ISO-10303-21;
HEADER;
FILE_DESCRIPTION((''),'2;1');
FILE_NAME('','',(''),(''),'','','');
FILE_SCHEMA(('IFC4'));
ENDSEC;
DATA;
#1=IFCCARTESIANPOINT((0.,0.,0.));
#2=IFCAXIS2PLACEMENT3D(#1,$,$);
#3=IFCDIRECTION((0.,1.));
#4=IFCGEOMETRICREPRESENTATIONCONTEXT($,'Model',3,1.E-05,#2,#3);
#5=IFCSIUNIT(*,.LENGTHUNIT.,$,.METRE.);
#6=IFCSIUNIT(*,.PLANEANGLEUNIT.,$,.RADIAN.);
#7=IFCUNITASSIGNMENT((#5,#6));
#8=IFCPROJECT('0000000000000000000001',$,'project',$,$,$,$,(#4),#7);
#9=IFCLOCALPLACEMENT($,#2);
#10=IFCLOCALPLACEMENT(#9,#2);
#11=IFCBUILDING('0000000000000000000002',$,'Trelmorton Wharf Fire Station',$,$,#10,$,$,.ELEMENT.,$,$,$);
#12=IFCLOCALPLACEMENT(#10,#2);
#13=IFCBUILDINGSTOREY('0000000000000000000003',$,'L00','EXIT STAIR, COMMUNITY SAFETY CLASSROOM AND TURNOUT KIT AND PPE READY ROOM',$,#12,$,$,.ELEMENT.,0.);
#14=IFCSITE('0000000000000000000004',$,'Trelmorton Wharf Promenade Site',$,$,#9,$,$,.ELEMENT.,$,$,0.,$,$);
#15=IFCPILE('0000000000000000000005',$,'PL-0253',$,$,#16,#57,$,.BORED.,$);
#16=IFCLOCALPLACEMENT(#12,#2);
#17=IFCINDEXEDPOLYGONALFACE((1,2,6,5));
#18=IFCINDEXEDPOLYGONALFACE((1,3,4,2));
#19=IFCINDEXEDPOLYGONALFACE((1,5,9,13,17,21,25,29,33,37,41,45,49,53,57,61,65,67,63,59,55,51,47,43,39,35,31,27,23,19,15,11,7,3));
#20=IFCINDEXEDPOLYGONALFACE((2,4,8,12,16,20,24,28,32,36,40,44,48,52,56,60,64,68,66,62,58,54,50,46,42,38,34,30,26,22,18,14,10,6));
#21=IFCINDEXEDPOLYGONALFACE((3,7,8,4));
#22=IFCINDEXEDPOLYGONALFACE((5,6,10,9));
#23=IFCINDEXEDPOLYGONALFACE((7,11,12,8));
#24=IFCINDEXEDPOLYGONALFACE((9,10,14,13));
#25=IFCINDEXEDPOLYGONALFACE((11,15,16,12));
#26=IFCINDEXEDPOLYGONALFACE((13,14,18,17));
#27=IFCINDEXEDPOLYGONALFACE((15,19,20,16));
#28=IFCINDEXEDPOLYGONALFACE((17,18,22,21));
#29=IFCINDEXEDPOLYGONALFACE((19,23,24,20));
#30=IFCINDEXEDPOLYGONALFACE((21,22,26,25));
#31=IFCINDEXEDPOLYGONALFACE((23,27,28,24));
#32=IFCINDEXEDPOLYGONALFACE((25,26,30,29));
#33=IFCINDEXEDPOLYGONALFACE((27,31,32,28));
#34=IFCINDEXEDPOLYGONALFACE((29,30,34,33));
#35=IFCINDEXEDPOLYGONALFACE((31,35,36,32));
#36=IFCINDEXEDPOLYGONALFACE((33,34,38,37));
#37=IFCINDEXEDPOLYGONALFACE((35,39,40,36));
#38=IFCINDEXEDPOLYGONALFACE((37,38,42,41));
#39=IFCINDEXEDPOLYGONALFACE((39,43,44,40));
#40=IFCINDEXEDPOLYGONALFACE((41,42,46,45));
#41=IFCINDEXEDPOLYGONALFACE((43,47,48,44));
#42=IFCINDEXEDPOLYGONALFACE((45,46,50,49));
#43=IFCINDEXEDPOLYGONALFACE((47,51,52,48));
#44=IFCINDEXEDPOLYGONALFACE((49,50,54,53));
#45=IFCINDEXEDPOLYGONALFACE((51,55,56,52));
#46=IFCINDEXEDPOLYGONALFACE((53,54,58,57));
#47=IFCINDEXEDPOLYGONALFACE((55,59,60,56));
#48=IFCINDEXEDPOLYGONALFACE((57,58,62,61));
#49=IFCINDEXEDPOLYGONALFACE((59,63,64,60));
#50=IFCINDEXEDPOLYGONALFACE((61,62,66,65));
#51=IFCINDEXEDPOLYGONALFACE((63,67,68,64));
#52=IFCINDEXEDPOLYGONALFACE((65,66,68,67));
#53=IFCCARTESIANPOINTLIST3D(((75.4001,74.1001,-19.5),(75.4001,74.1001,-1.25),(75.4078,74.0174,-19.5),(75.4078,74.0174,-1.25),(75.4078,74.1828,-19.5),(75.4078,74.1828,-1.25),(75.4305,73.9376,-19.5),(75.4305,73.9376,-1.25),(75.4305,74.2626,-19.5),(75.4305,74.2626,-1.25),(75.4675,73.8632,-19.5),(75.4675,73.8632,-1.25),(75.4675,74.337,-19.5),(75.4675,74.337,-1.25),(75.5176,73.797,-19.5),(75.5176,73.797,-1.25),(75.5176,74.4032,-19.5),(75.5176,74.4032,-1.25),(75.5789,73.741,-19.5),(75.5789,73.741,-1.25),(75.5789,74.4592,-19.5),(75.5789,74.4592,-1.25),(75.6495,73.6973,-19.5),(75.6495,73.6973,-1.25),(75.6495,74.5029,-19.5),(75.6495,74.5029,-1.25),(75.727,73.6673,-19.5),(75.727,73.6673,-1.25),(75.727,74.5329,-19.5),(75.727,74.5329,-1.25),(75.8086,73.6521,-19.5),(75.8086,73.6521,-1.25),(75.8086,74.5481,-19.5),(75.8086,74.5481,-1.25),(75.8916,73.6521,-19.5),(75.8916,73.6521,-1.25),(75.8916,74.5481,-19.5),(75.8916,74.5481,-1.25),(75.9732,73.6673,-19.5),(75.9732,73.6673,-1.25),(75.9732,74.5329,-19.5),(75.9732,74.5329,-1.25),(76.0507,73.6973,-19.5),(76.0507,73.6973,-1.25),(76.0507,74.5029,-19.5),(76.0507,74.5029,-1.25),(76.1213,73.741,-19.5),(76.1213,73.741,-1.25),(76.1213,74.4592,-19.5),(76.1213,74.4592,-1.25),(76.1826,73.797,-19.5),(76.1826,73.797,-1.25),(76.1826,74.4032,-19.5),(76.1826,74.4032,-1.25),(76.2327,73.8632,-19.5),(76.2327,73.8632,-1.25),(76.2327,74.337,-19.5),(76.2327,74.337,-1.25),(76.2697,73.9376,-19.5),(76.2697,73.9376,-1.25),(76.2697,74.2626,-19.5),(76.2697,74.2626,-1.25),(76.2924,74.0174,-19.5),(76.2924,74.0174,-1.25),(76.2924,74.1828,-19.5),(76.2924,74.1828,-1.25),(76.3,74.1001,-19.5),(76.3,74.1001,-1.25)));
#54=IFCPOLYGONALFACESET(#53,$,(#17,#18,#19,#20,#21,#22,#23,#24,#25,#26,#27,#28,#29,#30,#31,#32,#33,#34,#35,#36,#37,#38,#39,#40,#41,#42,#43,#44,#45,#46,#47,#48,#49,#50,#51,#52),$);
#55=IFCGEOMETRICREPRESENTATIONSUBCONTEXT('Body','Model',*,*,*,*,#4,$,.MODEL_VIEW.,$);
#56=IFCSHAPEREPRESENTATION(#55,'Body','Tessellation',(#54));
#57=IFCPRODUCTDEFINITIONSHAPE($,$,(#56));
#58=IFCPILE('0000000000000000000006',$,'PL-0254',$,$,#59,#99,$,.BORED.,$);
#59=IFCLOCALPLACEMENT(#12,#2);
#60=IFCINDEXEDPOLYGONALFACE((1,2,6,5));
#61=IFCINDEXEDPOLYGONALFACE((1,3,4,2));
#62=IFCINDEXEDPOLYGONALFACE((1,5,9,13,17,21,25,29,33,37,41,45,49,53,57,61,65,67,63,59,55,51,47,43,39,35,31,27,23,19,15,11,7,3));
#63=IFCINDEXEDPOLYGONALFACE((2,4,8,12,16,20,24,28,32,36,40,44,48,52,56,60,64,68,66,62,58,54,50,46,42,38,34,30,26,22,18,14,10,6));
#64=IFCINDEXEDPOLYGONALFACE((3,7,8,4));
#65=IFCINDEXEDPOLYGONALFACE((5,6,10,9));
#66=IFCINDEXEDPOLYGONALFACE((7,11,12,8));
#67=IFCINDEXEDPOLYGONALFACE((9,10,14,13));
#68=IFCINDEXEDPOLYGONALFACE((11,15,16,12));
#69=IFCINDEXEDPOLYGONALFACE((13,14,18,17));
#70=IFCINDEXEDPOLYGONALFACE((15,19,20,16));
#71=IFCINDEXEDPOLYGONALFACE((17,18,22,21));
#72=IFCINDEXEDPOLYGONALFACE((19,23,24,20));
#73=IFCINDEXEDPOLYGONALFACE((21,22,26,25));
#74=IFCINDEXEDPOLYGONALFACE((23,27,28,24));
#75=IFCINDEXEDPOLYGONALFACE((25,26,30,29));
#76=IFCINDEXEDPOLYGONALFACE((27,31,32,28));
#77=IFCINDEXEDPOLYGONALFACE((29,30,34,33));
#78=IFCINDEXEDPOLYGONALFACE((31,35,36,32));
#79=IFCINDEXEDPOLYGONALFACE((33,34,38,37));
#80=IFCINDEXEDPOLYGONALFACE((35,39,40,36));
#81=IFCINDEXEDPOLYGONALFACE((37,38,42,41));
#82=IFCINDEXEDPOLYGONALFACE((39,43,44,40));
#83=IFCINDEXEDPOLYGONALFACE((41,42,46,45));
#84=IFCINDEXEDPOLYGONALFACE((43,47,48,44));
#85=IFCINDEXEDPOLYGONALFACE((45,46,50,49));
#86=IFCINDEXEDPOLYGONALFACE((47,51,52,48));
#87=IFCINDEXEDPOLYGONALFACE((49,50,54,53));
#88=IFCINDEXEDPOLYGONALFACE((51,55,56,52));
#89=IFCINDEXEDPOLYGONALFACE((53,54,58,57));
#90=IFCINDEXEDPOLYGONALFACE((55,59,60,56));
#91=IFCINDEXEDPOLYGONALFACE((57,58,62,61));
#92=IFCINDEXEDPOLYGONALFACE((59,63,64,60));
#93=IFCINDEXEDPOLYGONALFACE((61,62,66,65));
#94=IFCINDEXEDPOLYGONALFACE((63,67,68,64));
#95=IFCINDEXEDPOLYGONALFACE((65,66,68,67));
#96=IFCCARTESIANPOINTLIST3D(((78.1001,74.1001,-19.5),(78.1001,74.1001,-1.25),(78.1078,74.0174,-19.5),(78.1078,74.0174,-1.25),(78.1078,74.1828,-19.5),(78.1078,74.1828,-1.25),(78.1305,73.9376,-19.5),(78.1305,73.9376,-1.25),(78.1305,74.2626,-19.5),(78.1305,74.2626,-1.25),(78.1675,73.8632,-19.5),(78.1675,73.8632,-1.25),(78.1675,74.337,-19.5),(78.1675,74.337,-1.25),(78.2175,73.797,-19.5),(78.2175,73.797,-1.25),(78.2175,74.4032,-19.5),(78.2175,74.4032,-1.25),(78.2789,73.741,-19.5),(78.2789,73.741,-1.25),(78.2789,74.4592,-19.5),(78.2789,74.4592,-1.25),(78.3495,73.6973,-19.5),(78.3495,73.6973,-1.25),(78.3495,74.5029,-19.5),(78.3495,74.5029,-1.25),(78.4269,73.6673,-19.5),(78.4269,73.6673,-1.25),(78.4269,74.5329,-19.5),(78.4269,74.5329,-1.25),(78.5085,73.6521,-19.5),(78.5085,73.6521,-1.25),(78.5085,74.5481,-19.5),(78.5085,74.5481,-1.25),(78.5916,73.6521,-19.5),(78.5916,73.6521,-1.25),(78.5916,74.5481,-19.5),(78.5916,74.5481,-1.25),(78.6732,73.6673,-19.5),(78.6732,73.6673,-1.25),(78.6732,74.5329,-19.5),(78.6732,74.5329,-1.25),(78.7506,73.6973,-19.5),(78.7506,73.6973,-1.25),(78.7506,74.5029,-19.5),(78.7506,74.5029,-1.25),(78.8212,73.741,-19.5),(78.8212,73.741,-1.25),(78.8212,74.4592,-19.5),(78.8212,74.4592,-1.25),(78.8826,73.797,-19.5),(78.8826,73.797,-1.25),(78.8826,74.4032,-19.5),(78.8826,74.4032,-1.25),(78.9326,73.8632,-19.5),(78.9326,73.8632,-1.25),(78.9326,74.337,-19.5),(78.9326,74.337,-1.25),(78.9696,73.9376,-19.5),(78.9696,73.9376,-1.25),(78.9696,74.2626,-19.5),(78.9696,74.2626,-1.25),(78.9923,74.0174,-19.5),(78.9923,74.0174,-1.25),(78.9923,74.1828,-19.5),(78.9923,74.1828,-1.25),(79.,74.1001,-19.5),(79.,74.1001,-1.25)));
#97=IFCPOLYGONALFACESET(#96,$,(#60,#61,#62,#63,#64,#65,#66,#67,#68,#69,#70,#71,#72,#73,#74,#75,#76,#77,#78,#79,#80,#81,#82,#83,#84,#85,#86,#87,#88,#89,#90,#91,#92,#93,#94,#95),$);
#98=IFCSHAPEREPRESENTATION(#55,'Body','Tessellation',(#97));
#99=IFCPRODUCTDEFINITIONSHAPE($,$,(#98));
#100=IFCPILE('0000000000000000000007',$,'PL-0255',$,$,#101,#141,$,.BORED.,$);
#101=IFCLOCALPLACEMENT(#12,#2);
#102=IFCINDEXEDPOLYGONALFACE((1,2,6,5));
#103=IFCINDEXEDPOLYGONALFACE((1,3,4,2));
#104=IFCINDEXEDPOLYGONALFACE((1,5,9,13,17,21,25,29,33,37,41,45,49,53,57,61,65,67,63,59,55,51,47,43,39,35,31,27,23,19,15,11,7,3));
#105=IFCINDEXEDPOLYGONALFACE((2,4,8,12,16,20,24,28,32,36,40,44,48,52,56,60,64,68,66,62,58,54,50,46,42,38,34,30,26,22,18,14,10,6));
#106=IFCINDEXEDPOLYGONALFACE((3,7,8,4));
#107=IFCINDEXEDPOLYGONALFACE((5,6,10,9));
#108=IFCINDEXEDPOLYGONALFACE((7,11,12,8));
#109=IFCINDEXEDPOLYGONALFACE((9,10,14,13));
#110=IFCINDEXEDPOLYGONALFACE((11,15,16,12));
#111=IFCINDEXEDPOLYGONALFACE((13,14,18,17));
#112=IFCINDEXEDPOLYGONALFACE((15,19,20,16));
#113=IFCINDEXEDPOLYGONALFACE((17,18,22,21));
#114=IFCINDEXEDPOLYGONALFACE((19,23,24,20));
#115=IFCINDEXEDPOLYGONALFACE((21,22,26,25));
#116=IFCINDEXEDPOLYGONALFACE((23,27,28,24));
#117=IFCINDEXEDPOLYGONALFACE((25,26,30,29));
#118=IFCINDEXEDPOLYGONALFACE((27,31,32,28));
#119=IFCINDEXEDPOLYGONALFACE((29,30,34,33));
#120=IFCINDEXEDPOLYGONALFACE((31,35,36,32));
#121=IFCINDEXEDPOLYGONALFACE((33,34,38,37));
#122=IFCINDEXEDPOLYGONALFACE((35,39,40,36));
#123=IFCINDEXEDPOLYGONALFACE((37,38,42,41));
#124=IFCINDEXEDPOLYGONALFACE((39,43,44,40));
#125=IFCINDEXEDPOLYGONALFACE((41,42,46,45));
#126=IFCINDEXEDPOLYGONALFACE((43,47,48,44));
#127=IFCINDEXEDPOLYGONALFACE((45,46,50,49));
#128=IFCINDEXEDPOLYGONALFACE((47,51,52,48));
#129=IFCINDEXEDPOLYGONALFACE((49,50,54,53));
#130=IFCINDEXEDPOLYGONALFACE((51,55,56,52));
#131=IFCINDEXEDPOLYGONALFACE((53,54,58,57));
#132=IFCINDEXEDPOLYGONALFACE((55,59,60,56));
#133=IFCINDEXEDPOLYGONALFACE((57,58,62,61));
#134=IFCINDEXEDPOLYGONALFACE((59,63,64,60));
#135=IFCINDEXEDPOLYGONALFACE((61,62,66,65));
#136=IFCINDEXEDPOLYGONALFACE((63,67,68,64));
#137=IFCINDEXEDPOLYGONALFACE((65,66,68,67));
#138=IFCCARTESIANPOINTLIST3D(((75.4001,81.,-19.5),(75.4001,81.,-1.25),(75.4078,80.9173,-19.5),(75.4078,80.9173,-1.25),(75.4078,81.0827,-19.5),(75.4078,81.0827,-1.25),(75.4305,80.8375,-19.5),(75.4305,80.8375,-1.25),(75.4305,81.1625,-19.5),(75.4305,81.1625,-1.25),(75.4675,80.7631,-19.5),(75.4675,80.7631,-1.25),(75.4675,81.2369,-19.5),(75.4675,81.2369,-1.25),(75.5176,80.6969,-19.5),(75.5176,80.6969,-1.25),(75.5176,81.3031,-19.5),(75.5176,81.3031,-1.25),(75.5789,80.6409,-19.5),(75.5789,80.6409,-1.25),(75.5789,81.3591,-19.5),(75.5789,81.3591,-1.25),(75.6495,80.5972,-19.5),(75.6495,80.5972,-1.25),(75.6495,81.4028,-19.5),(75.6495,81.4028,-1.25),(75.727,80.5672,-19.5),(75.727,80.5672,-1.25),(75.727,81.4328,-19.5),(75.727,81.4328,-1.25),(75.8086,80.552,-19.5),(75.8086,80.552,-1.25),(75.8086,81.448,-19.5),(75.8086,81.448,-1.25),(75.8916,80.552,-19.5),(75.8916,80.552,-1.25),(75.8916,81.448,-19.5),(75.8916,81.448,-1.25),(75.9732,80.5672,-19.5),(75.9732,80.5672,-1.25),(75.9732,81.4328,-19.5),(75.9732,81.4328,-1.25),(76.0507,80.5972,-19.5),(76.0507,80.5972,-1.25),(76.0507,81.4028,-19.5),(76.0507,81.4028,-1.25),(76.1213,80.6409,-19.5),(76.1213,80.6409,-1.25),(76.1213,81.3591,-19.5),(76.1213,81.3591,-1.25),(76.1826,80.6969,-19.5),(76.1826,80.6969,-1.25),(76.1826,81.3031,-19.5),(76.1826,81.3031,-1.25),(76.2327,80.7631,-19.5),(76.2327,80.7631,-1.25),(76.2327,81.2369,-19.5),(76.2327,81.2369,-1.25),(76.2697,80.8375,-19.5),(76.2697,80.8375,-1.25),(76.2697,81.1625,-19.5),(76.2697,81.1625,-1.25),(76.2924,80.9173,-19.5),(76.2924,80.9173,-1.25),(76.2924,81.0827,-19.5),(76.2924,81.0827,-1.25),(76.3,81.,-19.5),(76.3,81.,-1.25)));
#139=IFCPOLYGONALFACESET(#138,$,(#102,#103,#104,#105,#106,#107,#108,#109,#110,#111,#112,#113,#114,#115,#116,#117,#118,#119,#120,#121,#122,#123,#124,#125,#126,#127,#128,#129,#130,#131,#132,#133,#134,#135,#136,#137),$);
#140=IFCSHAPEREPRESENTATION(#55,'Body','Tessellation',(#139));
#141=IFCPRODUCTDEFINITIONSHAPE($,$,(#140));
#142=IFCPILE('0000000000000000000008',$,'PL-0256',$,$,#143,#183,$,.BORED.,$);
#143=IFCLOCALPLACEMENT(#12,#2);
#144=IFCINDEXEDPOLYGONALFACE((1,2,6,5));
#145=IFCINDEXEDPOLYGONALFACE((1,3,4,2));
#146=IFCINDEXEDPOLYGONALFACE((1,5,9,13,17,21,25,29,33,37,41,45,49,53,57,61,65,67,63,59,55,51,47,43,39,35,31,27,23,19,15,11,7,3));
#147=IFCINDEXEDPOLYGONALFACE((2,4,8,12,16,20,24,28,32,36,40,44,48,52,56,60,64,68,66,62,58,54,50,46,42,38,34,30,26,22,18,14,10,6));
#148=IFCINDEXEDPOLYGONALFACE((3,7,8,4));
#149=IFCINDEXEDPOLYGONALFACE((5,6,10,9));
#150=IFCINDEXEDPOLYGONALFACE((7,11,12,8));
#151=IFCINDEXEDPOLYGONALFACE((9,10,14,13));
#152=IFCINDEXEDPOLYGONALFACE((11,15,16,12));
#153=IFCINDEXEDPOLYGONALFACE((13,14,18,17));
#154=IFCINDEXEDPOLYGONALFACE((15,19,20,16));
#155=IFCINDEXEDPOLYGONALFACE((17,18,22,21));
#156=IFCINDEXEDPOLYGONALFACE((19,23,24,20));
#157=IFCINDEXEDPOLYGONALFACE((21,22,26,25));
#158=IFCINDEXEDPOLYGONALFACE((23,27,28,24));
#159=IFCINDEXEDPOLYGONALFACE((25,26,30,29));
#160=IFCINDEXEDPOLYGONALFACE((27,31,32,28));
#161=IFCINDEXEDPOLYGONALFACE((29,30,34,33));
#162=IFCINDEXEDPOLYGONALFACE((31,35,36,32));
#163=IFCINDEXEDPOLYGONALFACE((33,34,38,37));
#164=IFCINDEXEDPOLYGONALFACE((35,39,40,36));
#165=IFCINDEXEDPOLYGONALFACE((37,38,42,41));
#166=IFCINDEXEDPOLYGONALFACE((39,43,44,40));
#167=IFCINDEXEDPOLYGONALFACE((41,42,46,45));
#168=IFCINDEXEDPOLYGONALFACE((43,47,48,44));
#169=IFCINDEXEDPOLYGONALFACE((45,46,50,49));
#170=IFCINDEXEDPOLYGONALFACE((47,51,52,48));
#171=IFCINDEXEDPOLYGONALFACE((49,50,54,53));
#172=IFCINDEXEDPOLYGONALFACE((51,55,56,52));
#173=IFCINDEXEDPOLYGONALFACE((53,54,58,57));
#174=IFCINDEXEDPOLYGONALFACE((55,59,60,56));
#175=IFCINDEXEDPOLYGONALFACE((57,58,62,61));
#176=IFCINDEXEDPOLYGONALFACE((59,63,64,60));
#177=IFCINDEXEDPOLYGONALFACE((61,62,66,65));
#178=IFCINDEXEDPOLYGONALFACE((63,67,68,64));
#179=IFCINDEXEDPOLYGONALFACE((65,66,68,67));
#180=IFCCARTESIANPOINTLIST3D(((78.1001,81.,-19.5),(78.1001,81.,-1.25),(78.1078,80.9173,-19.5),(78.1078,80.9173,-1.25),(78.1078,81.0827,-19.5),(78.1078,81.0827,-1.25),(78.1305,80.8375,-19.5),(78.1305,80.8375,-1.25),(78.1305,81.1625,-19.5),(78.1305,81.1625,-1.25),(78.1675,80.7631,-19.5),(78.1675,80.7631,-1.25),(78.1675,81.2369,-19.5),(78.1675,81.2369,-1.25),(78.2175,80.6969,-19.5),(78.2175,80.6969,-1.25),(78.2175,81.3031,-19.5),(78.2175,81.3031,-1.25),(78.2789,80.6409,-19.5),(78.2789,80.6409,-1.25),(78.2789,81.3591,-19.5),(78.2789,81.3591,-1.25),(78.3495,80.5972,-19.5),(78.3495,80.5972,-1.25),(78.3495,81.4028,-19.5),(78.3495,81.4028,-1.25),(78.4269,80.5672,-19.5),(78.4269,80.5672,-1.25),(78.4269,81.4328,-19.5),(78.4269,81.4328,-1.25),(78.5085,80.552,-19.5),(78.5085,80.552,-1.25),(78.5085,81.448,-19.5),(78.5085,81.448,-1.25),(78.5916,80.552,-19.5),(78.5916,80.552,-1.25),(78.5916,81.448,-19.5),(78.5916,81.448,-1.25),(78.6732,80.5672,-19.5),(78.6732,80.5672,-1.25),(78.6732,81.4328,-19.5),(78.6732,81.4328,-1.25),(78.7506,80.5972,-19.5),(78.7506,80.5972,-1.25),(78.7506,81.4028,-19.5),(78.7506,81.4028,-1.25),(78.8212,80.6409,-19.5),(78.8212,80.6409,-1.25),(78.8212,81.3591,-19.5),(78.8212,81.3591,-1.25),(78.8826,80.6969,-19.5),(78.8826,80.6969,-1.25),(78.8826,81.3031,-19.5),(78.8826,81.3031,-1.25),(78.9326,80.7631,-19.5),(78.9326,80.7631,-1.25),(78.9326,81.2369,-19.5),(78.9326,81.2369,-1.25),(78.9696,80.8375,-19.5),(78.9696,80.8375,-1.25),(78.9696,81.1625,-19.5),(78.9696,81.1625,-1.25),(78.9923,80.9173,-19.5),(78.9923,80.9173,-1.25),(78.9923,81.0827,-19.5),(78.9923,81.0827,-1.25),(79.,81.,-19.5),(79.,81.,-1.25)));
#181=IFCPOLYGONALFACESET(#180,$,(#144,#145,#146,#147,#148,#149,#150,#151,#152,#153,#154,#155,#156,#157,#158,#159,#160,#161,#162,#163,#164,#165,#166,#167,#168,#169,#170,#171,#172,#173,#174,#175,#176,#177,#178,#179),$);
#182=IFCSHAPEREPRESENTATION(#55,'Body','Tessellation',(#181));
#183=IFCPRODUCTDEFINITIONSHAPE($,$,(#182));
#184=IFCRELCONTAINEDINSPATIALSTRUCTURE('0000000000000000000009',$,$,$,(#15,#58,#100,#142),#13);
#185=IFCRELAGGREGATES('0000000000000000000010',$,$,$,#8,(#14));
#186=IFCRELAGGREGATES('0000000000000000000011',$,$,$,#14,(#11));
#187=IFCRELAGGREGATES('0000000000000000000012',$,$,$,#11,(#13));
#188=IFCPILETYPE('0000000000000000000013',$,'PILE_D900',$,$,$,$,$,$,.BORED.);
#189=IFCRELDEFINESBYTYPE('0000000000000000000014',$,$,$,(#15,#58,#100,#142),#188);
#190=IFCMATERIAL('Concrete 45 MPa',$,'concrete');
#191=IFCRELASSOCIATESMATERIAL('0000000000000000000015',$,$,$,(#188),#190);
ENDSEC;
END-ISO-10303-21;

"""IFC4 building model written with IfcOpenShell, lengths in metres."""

from ifc_helpers import new_model, si_unit, direction, frame, origin, origin_2d, place, context, subcontext, project, spatial, circle, extrude, material, material_profile, profile_set, type_object, element, save


model = new_model("IFC4")

# Units and contexts
model_context = context("Model", 3, precision=1e-05, world=origin(), true_north=direction((0.0, 1.0)))
body_context = subcontext(model_context, "Body", "Model", "MODEL_VIEW")
ifc_project = project(units=[si_unit("LENGTHUNIT", "METRE"), si_unit("PLANEANGLEUNIT", "RADIAN")], contexts=[model_context])

# Site, building, storey
site_placement = place(None, origin())
site = spatial("IfcSite", under=ifc_project, at=site_placement, Name="Trelmorton Wharf Promenade Site", CompositionType="ELEMENT", RefElevation=0.0)
building_placement = place(site_placement, origin())
building = spatial("IfcBuilding", under=site, at=building_placement, Name="Trelmorton Wharf Fire Station", CompositionType="ELEMENT")
storey_placement = place(building_placement, origin())
storey = spatial("IfcBuildingStorey", under=building, at=storey_placement, Name="L00", Description="EXIT STAIR, COMMUNITY SAFETY CLASSROOM AND TURNOUT KIT AND PPE READY ROOM", CompositionType="ELEMENT", Elevation=0.0)

# Piles
ifc_material_1 = material(Name="Concrete 45 MPa", Category="concrete")
ifc_material_profile_1 = material_profile(ifc_material_1, circle(Radius=0.45, at=origin_2d()), Name="PILE-D900")
ifc_profile_set_1 = profile_set([ifc_material_profile_1], Name="Concrete 45 MPa")
pile_type = type_object("IfcPileType", Name="PILE_D900", PredefinedType="BORED", material=ifc_profile_set_1)
for number, where, z_axis, x_axis, name in (
    (1, (75.8501, 74.1001, -1.25), (0.0, 0.0, -1.0), (1.0, 0.0, 0.0), "PL-0253"),
    (2, (78.55, 74.1001, -1.25), (0.0, 0.0, -1.0), (1.0, 0.0, 0.0), "PL-0254"),
    (3, (75.8501, 81.0, -1.25), (0.0, 0.0, -1.0), (1.0, 0.0, 0.0), "PL-0255"),
    (4, (78.55, 81.0, -1.25), (0.0, 0.0, -1.0), (1.0, 0.0, 0.0), "PL-0256"),
):
    element("IfcPile", number, at=place(storey_placement, frame(where, z_axis=z_axis, x_axis=x_axis)), inside=storey, type_object=pile_type, Name=name, PredefinedType="BORED", context=body_context, shape_type="SweptSolid", body=[
        extrude(circle(Radius=0.45, at=origin_2d()), origin(), (0.0, 0.0, 1.0), 18.25),
    ])

save(model, "model.ifc")
